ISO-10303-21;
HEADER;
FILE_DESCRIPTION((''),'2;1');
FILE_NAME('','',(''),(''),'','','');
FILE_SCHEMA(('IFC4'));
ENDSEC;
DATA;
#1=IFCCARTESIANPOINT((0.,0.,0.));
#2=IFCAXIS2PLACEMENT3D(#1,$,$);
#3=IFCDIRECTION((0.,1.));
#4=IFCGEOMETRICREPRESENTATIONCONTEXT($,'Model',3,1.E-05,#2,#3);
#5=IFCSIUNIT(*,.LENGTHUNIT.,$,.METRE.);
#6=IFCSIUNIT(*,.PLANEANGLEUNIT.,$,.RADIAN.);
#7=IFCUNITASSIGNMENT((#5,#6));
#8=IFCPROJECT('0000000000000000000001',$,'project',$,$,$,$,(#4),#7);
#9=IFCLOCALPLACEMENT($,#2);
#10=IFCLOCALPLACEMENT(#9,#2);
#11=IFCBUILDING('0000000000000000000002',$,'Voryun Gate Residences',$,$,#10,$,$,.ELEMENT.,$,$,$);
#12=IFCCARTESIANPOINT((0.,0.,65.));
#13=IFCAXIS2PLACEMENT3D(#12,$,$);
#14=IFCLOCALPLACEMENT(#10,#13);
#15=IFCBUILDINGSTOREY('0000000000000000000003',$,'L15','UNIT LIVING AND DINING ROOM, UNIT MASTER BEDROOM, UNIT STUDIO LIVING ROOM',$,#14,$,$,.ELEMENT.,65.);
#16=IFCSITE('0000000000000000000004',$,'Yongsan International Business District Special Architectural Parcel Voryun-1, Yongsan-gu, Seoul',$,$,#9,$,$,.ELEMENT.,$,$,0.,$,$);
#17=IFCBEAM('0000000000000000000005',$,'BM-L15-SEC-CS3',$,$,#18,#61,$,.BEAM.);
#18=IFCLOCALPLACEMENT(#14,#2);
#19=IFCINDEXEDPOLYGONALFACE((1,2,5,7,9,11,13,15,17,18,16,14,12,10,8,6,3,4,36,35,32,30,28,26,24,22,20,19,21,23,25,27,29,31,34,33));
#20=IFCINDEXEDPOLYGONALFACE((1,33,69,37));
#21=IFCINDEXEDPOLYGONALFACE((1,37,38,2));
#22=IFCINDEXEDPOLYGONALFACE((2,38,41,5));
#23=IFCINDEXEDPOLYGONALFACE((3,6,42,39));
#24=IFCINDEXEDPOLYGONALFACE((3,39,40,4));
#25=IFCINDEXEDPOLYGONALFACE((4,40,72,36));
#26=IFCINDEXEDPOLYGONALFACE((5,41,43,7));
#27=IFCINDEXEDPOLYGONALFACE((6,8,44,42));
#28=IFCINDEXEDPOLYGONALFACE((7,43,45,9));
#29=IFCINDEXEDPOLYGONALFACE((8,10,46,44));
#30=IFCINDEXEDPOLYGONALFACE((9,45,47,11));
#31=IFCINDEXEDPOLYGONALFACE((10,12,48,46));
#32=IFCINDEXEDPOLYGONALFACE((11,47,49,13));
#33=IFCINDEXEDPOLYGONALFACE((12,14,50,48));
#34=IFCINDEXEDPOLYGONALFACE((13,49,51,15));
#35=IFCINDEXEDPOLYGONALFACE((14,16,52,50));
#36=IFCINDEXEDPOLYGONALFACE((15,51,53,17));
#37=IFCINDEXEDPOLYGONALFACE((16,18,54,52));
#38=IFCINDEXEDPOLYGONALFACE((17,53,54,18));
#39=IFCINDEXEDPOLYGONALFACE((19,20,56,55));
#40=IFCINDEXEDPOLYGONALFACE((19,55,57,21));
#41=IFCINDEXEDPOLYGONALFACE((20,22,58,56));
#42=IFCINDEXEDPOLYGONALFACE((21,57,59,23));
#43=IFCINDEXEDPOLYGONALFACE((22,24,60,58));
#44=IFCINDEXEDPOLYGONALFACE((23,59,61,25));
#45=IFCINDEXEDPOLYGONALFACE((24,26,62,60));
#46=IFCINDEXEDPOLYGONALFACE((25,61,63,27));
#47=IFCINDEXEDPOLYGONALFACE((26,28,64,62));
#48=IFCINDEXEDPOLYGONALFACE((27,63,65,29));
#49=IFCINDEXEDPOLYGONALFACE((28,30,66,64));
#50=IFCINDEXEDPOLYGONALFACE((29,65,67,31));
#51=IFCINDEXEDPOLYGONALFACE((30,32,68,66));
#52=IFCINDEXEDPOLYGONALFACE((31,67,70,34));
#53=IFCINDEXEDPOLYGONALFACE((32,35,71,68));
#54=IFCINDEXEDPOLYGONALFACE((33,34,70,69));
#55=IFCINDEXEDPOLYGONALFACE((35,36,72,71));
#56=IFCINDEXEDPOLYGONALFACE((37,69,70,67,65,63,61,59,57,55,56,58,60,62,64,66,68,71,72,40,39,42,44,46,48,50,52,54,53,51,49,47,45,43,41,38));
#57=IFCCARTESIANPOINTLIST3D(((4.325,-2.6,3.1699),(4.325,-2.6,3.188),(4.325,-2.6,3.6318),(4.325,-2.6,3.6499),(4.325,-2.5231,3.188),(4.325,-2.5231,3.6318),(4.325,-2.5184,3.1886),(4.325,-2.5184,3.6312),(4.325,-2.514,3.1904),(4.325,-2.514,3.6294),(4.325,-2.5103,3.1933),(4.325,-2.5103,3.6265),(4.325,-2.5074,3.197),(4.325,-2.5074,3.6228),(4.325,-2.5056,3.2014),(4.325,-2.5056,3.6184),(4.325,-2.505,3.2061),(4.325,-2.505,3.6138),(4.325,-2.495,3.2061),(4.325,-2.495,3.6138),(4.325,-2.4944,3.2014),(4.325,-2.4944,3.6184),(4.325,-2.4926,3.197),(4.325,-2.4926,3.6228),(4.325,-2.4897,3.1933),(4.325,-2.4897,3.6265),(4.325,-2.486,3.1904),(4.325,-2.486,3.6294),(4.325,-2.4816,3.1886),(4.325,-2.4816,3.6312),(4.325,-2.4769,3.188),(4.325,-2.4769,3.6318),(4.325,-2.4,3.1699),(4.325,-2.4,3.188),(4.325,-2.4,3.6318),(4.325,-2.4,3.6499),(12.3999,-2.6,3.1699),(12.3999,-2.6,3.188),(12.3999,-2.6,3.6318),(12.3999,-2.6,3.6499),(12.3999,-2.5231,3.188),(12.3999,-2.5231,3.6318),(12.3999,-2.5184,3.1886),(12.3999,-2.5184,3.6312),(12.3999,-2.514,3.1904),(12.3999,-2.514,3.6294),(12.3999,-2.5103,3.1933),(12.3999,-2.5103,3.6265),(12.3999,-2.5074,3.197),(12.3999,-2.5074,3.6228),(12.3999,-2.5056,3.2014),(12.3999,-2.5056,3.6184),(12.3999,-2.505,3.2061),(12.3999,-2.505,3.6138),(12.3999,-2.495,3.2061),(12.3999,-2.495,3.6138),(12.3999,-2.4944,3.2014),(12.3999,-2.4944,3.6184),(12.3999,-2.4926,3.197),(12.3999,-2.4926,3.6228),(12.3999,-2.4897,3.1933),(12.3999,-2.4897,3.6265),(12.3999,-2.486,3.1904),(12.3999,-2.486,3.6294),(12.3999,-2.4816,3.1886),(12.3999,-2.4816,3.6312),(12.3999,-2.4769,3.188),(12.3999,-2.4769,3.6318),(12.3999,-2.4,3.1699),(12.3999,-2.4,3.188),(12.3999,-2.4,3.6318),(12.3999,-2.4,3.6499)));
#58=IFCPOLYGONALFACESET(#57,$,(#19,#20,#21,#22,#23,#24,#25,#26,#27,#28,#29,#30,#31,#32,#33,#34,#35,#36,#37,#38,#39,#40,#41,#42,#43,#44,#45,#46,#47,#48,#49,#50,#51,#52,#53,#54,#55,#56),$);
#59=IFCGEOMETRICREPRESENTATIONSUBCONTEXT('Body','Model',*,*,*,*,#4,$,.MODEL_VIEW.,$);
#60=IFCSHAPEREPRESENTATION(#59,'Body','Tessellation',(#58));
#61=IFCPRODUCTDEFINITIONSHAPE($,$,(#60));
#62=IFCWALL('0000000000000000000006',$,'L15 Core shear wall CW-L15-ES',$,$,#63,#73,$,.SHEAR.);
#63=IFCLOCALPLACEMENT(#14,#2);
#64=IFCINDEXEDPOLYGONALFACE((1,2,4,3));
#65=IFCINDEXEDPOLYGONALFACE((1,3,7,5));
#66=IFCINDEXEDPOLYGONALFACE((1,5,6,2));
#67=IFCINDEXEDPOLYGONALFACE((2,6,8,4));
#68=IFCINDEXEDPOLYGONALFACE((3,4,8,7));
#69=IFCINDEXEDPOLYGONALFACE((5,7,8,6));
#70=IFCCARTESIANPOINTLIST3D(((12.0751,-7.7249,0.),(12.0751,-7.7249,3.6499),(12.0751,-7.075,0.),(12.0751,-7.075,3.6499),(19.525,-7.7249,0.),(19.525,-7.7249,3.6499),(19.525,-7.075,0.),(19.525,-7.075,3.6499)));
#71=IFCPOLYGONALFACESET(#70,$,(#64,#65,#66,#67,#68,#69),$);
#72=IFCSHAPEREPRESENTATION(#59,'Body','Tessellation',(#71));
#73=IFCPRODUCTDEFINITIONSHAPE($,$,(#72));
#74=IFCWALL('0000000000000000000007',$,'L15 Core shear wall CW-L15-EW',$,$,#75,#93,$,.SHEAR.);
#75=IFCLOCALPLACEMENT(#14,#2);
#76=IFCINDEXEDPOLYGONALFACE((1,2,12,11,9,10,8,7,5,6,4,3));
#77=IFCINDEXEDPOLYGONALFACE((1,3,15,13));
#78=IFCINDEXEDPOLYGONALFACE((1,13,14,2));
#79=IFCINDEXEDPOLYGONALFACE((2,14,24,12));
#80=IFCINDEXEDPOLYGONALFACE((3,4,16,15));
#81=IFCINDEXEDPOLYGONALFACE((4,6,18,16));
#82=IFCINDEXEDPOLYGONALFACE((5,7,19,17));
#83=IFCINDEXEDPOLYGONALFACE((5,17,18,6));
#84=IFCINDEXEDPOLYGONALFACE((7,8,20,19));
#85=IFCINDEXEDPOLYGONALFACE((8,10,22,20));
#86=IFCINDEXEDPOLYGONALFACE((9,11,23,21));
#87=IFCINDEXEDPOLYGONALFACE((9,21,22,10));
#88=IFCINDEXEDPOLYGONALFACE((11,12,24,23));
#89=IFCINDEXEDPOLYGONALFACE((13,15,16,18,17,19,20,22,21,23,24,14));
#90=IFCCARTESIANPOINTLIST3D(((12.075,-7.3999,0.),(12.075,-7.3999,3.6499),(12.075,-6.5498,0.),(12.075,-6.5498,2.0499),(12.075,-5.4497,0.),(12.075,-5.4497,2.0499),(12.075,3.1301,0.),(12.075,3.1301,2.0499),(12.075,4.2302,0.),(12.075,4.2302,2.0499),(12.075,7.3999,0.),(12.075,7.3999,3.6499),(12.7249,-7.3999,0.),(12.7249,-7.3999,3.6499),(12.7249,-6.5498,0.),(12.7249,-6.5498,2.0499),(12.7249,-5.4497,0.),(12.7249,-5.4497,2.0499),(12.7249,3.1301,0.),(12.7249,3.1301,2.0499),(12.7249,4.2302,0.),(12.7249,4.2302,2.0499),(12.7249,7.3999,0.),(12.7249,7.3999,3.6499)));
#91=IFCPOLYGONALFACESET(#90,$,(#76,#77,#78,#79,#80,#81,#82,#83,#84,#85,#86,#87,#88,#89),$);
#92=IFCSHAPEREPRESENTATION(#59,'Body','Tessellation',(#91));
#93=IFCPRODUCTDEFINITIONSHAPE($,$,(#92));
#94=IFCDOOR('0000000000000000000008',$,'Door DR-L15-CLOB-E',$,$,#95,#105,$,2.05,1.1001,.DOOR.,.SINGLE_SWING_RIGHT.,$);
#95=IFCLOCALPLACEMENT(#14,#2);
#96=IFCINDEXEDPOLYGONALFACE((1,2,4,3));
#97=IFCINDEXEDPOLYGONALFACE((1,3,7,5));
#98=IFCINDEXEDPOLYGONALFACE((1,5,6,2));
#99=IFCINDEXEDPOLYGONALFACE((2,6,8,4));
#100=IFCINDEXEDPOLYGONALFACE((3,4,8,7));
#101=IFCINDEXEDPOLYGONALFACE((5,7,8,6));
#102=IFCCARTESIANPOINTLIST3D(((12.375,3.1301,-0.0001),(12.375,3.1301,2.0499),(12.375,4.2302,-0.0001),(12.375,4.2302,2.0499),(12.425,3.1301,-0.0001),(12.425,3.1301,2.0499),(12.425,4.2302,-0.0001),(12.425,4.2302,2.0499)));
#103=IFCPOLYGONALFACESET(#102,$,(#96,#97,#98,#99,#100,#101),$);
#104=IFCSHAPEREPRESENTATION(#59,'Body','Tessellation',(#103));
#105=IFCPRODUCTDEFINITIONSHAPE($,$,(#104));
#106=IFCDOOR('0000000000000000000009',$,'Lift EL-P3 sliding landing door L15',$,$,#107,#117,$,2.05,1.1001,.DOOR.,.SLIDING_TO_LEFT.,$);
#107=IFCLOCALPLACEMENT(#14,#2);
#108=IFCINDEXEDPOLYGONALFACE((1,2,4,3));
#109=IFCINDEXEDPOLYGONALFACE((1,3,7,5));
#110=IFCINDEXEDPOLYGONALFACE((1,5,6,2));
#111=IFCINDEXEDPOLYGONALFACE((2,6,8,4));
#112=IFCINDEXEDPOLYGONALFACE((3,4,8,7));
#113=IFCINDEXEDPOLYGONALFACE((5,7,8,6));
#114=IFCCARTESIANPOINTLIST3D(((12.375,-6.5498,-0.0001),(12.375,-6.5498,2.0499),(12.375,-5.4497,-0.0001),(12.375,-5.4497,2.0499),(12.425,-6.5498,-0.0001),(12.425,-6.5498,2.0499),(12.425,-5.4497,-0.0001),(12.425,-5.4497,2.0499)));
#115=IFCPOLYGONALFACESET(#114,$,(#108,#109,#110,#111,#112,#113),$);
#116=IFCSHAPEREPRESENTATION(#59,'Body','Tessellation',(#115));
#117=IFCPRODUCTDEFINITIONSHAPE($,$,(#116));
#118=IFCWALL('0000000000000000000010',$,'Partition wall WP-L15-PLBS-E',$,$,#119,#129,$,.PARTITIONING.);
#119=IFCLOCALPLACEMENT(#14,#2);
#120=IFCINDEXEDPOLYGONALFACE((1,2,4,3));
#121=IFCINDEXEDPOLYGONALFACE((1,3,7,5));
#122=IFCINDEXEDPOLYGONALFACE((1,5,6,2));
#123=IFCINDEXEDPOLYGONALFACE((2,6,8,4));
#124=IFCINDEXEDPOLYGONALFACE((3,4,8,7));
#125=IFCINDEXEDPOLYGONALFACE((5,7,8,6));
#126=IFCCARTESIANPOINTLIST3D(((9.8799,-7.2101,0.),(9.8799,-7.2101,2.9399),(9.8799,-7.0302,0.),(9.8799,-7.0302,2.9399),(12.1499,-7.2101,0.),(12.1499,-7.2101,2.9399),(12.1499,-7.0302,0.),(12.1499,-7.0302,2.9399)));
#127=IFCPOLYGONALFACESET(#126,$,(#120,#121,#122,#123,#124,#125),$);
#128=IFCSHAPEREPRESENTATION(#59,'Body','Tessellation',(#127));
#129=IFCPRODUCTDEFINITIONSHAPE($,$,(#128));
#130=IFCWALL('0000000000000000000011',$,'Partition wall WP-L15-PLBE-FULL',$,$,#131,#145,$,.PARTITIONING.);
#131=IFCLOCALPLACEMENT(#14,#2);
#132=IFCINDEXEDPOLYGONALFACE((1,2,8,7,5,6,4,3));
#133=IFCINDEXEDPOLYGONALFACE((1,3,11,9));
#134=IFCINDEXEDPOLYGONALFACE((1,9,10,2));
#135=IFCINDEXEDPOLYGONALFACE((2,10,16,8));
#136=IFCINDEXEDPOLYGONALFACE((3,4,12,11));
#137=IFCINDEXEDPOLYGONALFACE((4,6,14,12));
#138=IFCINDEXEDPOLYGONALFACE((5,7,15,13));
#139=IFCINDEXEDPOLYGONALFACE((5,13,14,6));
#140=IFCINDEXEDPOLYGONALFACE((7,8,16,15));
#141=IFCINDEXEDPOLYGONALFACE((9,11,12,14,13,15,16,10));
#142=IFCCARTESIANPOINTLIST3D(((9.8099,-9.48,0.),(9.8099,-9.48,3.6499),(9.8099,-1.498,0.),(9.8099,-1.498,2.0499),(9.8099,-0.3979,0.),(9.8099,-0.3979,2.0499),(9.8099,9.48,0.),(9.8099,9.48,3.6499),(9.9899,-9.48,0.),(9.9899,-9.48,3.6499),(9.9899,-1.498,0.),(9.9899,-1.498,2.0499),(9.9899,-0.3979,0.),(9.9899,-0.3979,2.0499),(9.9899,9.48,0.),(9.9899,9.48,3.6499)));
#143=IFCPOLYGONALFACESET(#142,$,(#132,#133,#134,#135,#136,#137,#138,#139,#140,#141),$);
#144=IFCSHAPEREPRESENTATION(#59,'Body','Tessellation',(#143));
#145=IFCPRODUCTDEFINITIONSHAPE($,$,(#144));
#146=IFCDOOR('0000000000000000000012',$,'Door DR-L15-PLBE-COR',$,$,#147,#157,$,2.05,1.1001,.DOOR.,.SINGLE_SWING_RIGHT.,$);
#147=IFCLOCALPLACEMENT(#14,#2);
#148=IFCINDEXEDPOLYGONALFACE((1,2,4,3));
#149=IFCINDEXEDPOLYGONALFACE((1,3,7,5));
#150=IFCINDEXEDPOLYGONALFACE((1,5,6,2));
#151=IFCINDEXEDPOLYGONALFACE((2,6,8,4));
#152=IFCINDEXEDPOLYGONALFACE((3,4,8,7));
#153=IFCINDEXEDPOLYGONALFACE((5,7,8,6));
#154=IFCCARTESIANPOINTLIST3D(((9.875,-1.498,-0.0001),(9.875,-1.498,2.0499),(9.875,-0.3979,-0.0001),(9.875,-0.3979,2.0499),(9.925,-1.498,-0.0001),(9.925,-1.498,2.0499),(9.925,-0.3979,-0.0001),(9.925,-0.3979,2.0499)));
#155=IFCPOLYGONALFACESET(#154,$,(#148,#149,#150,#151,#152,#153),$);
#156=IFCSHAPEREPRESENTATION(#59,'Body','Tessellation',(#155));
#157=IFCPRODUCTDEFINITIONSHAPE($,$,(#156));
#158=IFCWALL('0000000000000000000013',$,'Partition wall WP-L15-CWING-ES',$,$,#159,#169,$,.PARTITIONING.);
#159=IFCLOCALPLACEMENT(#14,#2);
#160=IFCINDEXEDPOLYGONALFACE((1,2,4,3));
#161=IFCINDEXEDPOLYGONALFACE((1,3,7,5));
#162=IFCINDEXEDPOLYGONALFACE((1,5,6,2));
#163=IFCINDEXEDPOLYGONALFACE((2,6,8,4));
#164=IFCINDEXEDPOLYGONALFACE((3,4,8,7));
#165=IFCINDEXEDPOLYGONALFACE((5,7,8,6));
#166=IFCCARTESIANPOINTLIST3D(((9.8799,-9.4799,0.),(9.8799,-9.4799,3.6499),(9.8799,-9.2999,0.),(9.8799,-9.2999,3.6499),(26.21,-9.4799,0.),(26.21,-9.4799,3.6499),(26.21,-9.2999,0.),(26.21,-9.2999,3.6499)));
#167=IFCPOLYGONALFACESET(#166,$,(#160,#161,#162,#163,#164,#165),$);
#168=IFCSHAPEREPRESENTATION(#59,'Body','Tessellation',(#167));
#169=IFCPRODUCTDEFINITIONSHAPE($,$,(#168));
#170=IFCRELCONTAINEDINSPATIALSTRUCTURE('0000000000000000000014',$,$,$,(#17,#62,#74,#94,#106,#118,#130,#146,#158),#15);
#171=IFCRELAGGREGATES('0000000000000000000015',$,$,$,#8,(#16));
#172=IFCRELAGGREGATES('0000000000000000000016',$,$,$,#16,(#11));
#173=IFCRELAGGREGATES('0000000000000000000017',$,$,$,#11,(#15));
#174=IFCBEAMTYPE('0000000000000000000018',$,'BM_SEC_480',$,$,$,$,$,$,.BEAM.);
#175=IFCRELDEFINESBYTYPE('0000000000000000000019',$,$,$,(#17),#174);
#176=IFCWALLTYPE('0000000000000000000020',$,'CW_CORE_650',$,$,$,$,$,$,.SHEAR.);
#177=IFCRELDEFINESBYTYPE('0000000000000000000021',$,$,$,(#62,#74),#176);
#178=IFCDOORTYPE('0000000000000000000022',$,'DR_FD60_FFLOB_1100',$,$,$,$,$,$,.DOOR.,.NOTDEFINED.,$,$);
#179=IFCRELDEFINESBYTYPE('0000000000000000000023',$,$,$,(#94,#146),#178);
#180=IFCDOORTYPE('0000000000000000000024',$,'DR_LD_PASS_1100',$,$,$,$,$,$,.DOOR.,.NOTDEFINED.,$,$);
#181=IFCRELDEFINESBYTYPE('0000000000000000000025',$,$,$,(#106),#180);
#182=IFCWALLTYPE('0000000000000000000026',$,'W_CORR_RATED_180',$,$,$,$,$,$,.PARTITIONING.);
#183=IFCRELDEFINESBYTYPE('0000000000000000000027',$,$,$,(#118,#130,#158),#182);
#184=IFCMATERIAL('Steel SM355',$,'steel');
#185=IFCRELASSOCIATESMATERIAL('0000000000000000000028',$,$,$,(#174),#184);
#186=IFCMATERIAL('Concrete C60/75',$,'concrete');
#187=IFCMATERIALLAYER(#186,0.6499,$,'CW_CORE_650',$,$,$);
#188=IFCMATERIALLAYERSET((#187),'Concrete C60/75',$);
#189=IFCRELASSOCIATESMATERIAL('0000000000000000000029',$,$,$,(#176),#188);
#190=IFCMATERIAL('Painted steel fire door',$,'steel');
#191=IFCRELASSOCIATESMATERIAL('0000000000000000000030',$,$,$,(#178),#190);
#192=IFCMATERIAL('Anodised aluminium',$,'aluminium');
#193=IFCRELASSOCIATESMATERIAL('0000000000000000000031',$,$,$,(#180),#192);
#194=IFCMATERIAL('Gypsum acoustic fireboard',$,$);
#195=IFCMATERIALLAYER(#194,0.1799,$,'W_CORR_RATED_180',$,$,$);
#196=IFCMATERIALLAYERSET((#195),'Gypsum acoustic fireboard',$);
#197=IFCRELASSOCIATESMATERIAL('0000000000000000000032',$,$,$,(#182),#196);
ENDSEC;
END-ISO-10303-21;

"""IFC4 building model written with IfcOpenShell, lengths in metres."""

from ifc_helpers import new_model, si_unit, direction, frame, frame_2d, origin, origin_2d, place, context, subcontext, project, spatial, rectangle, i_section, extrude, material, layer, layer_set, material_profile, profile_set, type_object, element, fill, save


model = new_model("IFC4")

# Units and contexts
model_context = context("Model", 3, precision=1e-05, world=origin(), true_north=direction((0.0, 1.0)))
body_context = subcontext(model_context, "Body", "Model", "MODEL_VIEW")
ifc_project = project(units=[si_unit("LENGTHUNIT", "METRE"), si_unit("PLANEANGLEUNIT", "RADIAN")], contexts=[model_context])

# Site, building, storey
site_placement = place(None, origin())
site = spatial("IfcSite", under=ifc_project, at=site_placement, Name="Yongsan International Business District Special Architectural Parcel Voryun-1, Yongsan-gu, Seoul", CompositionType="ELEMENT", RefElevation=0.0)
building_placement = place(site_placement, origin())
building = spatial("IfcBuilding", under=site, at=building_placement, Name="Voryun Gate Residences", CompositionType="ELEMENT")
storey_placement = place(building_placement, frame((0.0, 0.0, 65.0)))
storey = spatial("IfcBuildingStorey", under=building, at=storey_placement, Name="L15", Description="UNIT LIVING AND DINING ROOM, UNIT MASTER BEDROOM, UNIT STUDIO LIVING ROOM", CompositionType="ELEMENT", Elevation=65.0)

# Beam
ifc_material_1 = material(Name="Steel SM355", Category="steel")
ifc_material_profile_1 = material_profile(ifc_material_1, i_section(OverallWidth=0.2, OverallDepth=0.48, WebThickness=0.01, FlangeThickness=0.0181, FilletRadius=0.0181, at=origin_2d()), Name="H-480x200x10x18")
ifc_profile_set_1 = profile_set([ifc_material_profile_1], Name="Steel SM355")
beam_type_1 = type_object("IfcBeamType", Name="BM_SEC_480", PredefinedType="BEAM", material=ifc_profile_set_1)
beam_1_placement = place(storey_placement, frame((4.325, -2.5, 3.4099), z_axis=(1.0, 0.0, 0.0), x_axis=(0.0, 1.0, 0.0)))
element("IfcBeam", 1, at=beam_1_placement, inside=storey, type_object=beam_type_1, Name="BM-L15-SEC-CS3", PredefinedType="BEAM", context=body_context, shape_type="SweptSolid", body=[
    extrude(i_section(OverallWidth=0.2, OverallDepth=0.48, WebThickness=0.01, FlangeThickness=0.0181, FilletRadius=0.0181, at=origin_2d()), origin(), (0.0, 0.0, 1.0), 8.075),
])

# Wall
ifc_material_2 = material(Name="Concrete C60/75", Category="concrete")
ifc_layer_1 = layer(ifc_material_2, 0.6499, Name="CW_CORE_650")
ifc_layer_set_1 = layer_set([ifc_layer_1], Name="Concrete C60/75")
wall_type_1 = type_object("IfcWallType", Name="CW_CORE_650", PredefinedType="SHEAR", material=ifc_layer_set_1)
wall_1_placement = place(storey_placement, frame((12.075, -7.3999, 0.0), z_axis=(0.0, 0.0, 1.0), x_axis=(1.0, 0.0, 0.0)))
element("IfcWall", 2, at=wall_1_placement, inside=storey, type_object=wall_type_1, Name="L15 Core shear wall CW-L15-ES", PredefinedType="SHEAR", context=body_context, shape_type="SweptSolid", body=[
    extrude(rectangle(XDim=7.45, YDim=0.6499, at=frame_2d((3.7251, 0.0))), origin(), (0.0, 0.0, 1.0), 3.6499),
])

# Wall, openings, doors
wall_2_placement = place(storey_placement, frame((12.3999, -7.3999, 0.0), z_axis=(0.0, 0.0, 1.0), x_axis=(0.0, 1.0, 0.0)))
wall_2 = element("IfcWall", 3, at=wall_2_placement, inside=storey, type_object=wall_type_1, Name="L15 Core shear wall CW-L15-EW", PredefinedType="SHEAR", context=body_context, shape_type="SweptSolid", body=[
    extrude(rectangle(XDim=14.7998, YDim=0.6499, at=frame_2d((7.3999, 0.0))), origin(), (0.0, 0.0, 1.0), 3.6499),
])
opening_1_placement = place(wall_2_placement, frame((0.8501, 0.0, 0.0)))
opening_1 = element("IfcOpeningElement", 4, at=opening_1_placement, cuts=wall_2, PredefinedType="OPENING", context=body_context, shape_type="SweptSolid", body=[
    extrude(rectangle(XDim=1.1001, YDim=2.05, at=frame_2d((0.55, 1.0249))), frame((0.0, 0.335, 0.0), z_axis=(0.0, -1.0, 0.0), x_axis=(1.0, 0.0, 0.0)), (0.0, 0.0, 1.0), 0.6699),
])
opening_2_placement = place(wall_2_placement, frame((10.53, 0.0, 0.0)))
opening_2 = element("IfcOpeningElement", 5, at=opening_2_placement, cuts=wall_2, PredefinedType="OPENING", context=body_context, shape_type="SweptSolid", body=[
    extrude(rectangle(XDim=1.1001, YDim=2.05, at=frame_2d((0.55, 1.0249))), frame((0.0, 0.335, 0.0), z_axis=(0.0, -1.0, 0.0), x_axis=(1.0, 0.0, 0.0)), (0.0, 0.0, 1.0), 0.6699),
])
ifc_material_3 = material(Name="Painted steel fire door", Category="steel")
door_type_1 = type_object("IfcDoorType", Name="DR_FD60_FFLOB_1100", OperationType="NOTDEFINED", PredefinedType="DOOR", material=ifc_material_3)
door_1_placement = place(opening_2_placement, origin())
door_1 = element("IfcDoor", 6, at=door_1_placement, inside=storey, type_object=door_type_1, Name="Door DR-L15-CLOB-E", OperationType="SINGLE_SWING_RIGHT", OverallHeight=2.05, OverallWidth=1.1001, PredefinedType="DOOR", context=body_context, shape_type="SweptSolid", body=[
    extrude(rectangle(XDim=1.1001, YDim=2.05, at=frame_2d((0.55, 1.0249))), frame((0.0, 0.0249, 0.0), z_axis=(0.0, -1.0, 0.0), x_axis=(1.0, 0.0, 0.0)), (0.0, 0.0, 1.0), 0.05),
])
fill(opening_2, door_1)
ifc_material_4 = material(Name="Anodised aluminium", Category="aluminium")
door_type_2 = type_object("IfcDoorType", Name="DR_LD_PASS_1100", OperationType="NOTDEFINED", PredefinedType="DOOR", material=ifc_material_4)
door_2_placement = place(opening_1_placement, origin())
door_2 = element("IfcDoor", 7, at=door_2_placement, inside=storey, type_object=door_type_2, Name="Lift EL-P3 sliding landing door L15", OperationType="SLIDING_TO_LEFT", OverallHeight=2.05, OverallWidth=1.1001, PredefinedType="DOOR", context=body_context, shape_type="SweptSolid", body=[
    extrude(rectangle(XDim=1.1001, YDim=2.05, at=frame_2d((0.55, 1.0249))), frame((0.0, 0.0249, 0.0), z_axis=(0.0, -1.0, 0.0), x_axis=(1.0, 0.0, 0.0)), (0.0, 0.0, 1.0), 0.05),
])
fill(opening_1, door_2)

# Wall
ifc_material_5 = material(Name="Gypsum acoustic fireboard")
ifc_layer_2 = layer(ifc_material_5, 0.1799, Name="W_CORR_RATED_180")
ifc_layer_set_2 = layer_set([ifc_layer_2], Name="Gypsum acoustic fireboard")
wall_type_2 = type_object("IfcWallType", Name="W_CORR_RATED_180", PredefinedType="PARTITIONING", material=ifc_layer_set_2)
wall_3_placement = place(storey_placement, frame((9.8799, -7.1201, 0.0), z_axis=(0.0, 0.0, 1.0), x_axis=(1.0, 0.0, 0.0)))
element("IfcWall", 8, at=wall_3_placement, inside=storey, type_object=wall_type_2, Name="Partition wall WP-L15-PLBS-E", PredefinedType="PARTITIONING", context=body_context, shape_type="SweptSolid", body=[
    extrude(rectangle(XDim=2.27, YDim=0.1799, at=frame_2d((1.135, 0.0))), origin(), (0.0, 0.0, 1.0), 2.9399),
])

# Wall, opening, door
wall_4_placement = place(storey_placement, frame((9.8999, -9.48, 0.0), z_axis=(0.0, 0.0, 1.0), x_axis=(0.0, 1.0, 0.0)))
wall_4 = element("IfcWall", 9, at=wall_4_placement, inside=storey, type_object=wall_type_2, Name="Partition wall WP-L15-PLBE-FULL", PredefinedType="PARTITIONING", context=body_context, shape_type="SweptSolid", body=[
    extrude(rectangle(XDim=18.96, YDim=0.1799, at=frame_2d((9.48, 0.0))), origin(), (0.0, 0.0, 1.0), 3.6499),
])
opening_3_placement = place(wall_4_placement, frame((7.9819, 0.0, 0.0)))
opening_3 = element("IfcOpeningElement", 10, at=opening_3_placement, cuts=wall_4, PredefinedType="OPENING", context=body_context, shape_type="SweptSolid", body=[
    extrude(rectangle(XDim=1.1001, YDim=2.05, at=frame_2d((0.55, 1.0249))), frame((0.0, 0.0999, 0.0), z_axis=(0.0, -1.0, 0.0), x_axis=(1.0, 0.0, 0.0)), (0.0, 0.0, 1.0), 0.2),
])
door_3_placement = place(opening_3_placement, origin())
door_3 = element("IfcDoor", 11, at=door_3_placement, inside=storey, type_object=door_type_1, Name="Door DR-L15-PLBE-COR", OperationType="SINGLE_SWING_RIGHT", OverallHeight=2.05, OverallWidth=1.1001, PredefinedType="DOOR", context=body_context, shape_type="SweptSolid", body=[
    extrude(rectangle(XDim=1.1001, YDim=2.05, at=frame_2d((0.55, 1.0249))), frame((0.0, 0.0249, 0.0), z_axis=(0.0, -1.0, 0.0), x_axis=(1.0, 0.0, 0.0)), (0.0, 0.0, 1.0), 0.05),
])
fill(opening_3, door_3)

# Wall
wall_5_placement = place(storey_placement, frame((9.8799, -9.3899, 0.0), z_axis=(0.0, 0.0, 1.0), x_axis=(1.0, 0.0, 0.0)))
element("IfcWall", 12, at=wall_5_placement, inside=storey, type_object=wall_type_2, Name="Partition wall WP-L15-CWING-ES", PredefinedType="PARTITIONING", context=body_context, shape_type="SweptSolid", body=[
    extrude(rectangle(XDim=16.3301, YDim=0.1799, at=frame_2d((8.165, 0.0))), origin(), (0.0, 0.0, 1.0), 3.6499),
])

save(model, "model.ifc")
